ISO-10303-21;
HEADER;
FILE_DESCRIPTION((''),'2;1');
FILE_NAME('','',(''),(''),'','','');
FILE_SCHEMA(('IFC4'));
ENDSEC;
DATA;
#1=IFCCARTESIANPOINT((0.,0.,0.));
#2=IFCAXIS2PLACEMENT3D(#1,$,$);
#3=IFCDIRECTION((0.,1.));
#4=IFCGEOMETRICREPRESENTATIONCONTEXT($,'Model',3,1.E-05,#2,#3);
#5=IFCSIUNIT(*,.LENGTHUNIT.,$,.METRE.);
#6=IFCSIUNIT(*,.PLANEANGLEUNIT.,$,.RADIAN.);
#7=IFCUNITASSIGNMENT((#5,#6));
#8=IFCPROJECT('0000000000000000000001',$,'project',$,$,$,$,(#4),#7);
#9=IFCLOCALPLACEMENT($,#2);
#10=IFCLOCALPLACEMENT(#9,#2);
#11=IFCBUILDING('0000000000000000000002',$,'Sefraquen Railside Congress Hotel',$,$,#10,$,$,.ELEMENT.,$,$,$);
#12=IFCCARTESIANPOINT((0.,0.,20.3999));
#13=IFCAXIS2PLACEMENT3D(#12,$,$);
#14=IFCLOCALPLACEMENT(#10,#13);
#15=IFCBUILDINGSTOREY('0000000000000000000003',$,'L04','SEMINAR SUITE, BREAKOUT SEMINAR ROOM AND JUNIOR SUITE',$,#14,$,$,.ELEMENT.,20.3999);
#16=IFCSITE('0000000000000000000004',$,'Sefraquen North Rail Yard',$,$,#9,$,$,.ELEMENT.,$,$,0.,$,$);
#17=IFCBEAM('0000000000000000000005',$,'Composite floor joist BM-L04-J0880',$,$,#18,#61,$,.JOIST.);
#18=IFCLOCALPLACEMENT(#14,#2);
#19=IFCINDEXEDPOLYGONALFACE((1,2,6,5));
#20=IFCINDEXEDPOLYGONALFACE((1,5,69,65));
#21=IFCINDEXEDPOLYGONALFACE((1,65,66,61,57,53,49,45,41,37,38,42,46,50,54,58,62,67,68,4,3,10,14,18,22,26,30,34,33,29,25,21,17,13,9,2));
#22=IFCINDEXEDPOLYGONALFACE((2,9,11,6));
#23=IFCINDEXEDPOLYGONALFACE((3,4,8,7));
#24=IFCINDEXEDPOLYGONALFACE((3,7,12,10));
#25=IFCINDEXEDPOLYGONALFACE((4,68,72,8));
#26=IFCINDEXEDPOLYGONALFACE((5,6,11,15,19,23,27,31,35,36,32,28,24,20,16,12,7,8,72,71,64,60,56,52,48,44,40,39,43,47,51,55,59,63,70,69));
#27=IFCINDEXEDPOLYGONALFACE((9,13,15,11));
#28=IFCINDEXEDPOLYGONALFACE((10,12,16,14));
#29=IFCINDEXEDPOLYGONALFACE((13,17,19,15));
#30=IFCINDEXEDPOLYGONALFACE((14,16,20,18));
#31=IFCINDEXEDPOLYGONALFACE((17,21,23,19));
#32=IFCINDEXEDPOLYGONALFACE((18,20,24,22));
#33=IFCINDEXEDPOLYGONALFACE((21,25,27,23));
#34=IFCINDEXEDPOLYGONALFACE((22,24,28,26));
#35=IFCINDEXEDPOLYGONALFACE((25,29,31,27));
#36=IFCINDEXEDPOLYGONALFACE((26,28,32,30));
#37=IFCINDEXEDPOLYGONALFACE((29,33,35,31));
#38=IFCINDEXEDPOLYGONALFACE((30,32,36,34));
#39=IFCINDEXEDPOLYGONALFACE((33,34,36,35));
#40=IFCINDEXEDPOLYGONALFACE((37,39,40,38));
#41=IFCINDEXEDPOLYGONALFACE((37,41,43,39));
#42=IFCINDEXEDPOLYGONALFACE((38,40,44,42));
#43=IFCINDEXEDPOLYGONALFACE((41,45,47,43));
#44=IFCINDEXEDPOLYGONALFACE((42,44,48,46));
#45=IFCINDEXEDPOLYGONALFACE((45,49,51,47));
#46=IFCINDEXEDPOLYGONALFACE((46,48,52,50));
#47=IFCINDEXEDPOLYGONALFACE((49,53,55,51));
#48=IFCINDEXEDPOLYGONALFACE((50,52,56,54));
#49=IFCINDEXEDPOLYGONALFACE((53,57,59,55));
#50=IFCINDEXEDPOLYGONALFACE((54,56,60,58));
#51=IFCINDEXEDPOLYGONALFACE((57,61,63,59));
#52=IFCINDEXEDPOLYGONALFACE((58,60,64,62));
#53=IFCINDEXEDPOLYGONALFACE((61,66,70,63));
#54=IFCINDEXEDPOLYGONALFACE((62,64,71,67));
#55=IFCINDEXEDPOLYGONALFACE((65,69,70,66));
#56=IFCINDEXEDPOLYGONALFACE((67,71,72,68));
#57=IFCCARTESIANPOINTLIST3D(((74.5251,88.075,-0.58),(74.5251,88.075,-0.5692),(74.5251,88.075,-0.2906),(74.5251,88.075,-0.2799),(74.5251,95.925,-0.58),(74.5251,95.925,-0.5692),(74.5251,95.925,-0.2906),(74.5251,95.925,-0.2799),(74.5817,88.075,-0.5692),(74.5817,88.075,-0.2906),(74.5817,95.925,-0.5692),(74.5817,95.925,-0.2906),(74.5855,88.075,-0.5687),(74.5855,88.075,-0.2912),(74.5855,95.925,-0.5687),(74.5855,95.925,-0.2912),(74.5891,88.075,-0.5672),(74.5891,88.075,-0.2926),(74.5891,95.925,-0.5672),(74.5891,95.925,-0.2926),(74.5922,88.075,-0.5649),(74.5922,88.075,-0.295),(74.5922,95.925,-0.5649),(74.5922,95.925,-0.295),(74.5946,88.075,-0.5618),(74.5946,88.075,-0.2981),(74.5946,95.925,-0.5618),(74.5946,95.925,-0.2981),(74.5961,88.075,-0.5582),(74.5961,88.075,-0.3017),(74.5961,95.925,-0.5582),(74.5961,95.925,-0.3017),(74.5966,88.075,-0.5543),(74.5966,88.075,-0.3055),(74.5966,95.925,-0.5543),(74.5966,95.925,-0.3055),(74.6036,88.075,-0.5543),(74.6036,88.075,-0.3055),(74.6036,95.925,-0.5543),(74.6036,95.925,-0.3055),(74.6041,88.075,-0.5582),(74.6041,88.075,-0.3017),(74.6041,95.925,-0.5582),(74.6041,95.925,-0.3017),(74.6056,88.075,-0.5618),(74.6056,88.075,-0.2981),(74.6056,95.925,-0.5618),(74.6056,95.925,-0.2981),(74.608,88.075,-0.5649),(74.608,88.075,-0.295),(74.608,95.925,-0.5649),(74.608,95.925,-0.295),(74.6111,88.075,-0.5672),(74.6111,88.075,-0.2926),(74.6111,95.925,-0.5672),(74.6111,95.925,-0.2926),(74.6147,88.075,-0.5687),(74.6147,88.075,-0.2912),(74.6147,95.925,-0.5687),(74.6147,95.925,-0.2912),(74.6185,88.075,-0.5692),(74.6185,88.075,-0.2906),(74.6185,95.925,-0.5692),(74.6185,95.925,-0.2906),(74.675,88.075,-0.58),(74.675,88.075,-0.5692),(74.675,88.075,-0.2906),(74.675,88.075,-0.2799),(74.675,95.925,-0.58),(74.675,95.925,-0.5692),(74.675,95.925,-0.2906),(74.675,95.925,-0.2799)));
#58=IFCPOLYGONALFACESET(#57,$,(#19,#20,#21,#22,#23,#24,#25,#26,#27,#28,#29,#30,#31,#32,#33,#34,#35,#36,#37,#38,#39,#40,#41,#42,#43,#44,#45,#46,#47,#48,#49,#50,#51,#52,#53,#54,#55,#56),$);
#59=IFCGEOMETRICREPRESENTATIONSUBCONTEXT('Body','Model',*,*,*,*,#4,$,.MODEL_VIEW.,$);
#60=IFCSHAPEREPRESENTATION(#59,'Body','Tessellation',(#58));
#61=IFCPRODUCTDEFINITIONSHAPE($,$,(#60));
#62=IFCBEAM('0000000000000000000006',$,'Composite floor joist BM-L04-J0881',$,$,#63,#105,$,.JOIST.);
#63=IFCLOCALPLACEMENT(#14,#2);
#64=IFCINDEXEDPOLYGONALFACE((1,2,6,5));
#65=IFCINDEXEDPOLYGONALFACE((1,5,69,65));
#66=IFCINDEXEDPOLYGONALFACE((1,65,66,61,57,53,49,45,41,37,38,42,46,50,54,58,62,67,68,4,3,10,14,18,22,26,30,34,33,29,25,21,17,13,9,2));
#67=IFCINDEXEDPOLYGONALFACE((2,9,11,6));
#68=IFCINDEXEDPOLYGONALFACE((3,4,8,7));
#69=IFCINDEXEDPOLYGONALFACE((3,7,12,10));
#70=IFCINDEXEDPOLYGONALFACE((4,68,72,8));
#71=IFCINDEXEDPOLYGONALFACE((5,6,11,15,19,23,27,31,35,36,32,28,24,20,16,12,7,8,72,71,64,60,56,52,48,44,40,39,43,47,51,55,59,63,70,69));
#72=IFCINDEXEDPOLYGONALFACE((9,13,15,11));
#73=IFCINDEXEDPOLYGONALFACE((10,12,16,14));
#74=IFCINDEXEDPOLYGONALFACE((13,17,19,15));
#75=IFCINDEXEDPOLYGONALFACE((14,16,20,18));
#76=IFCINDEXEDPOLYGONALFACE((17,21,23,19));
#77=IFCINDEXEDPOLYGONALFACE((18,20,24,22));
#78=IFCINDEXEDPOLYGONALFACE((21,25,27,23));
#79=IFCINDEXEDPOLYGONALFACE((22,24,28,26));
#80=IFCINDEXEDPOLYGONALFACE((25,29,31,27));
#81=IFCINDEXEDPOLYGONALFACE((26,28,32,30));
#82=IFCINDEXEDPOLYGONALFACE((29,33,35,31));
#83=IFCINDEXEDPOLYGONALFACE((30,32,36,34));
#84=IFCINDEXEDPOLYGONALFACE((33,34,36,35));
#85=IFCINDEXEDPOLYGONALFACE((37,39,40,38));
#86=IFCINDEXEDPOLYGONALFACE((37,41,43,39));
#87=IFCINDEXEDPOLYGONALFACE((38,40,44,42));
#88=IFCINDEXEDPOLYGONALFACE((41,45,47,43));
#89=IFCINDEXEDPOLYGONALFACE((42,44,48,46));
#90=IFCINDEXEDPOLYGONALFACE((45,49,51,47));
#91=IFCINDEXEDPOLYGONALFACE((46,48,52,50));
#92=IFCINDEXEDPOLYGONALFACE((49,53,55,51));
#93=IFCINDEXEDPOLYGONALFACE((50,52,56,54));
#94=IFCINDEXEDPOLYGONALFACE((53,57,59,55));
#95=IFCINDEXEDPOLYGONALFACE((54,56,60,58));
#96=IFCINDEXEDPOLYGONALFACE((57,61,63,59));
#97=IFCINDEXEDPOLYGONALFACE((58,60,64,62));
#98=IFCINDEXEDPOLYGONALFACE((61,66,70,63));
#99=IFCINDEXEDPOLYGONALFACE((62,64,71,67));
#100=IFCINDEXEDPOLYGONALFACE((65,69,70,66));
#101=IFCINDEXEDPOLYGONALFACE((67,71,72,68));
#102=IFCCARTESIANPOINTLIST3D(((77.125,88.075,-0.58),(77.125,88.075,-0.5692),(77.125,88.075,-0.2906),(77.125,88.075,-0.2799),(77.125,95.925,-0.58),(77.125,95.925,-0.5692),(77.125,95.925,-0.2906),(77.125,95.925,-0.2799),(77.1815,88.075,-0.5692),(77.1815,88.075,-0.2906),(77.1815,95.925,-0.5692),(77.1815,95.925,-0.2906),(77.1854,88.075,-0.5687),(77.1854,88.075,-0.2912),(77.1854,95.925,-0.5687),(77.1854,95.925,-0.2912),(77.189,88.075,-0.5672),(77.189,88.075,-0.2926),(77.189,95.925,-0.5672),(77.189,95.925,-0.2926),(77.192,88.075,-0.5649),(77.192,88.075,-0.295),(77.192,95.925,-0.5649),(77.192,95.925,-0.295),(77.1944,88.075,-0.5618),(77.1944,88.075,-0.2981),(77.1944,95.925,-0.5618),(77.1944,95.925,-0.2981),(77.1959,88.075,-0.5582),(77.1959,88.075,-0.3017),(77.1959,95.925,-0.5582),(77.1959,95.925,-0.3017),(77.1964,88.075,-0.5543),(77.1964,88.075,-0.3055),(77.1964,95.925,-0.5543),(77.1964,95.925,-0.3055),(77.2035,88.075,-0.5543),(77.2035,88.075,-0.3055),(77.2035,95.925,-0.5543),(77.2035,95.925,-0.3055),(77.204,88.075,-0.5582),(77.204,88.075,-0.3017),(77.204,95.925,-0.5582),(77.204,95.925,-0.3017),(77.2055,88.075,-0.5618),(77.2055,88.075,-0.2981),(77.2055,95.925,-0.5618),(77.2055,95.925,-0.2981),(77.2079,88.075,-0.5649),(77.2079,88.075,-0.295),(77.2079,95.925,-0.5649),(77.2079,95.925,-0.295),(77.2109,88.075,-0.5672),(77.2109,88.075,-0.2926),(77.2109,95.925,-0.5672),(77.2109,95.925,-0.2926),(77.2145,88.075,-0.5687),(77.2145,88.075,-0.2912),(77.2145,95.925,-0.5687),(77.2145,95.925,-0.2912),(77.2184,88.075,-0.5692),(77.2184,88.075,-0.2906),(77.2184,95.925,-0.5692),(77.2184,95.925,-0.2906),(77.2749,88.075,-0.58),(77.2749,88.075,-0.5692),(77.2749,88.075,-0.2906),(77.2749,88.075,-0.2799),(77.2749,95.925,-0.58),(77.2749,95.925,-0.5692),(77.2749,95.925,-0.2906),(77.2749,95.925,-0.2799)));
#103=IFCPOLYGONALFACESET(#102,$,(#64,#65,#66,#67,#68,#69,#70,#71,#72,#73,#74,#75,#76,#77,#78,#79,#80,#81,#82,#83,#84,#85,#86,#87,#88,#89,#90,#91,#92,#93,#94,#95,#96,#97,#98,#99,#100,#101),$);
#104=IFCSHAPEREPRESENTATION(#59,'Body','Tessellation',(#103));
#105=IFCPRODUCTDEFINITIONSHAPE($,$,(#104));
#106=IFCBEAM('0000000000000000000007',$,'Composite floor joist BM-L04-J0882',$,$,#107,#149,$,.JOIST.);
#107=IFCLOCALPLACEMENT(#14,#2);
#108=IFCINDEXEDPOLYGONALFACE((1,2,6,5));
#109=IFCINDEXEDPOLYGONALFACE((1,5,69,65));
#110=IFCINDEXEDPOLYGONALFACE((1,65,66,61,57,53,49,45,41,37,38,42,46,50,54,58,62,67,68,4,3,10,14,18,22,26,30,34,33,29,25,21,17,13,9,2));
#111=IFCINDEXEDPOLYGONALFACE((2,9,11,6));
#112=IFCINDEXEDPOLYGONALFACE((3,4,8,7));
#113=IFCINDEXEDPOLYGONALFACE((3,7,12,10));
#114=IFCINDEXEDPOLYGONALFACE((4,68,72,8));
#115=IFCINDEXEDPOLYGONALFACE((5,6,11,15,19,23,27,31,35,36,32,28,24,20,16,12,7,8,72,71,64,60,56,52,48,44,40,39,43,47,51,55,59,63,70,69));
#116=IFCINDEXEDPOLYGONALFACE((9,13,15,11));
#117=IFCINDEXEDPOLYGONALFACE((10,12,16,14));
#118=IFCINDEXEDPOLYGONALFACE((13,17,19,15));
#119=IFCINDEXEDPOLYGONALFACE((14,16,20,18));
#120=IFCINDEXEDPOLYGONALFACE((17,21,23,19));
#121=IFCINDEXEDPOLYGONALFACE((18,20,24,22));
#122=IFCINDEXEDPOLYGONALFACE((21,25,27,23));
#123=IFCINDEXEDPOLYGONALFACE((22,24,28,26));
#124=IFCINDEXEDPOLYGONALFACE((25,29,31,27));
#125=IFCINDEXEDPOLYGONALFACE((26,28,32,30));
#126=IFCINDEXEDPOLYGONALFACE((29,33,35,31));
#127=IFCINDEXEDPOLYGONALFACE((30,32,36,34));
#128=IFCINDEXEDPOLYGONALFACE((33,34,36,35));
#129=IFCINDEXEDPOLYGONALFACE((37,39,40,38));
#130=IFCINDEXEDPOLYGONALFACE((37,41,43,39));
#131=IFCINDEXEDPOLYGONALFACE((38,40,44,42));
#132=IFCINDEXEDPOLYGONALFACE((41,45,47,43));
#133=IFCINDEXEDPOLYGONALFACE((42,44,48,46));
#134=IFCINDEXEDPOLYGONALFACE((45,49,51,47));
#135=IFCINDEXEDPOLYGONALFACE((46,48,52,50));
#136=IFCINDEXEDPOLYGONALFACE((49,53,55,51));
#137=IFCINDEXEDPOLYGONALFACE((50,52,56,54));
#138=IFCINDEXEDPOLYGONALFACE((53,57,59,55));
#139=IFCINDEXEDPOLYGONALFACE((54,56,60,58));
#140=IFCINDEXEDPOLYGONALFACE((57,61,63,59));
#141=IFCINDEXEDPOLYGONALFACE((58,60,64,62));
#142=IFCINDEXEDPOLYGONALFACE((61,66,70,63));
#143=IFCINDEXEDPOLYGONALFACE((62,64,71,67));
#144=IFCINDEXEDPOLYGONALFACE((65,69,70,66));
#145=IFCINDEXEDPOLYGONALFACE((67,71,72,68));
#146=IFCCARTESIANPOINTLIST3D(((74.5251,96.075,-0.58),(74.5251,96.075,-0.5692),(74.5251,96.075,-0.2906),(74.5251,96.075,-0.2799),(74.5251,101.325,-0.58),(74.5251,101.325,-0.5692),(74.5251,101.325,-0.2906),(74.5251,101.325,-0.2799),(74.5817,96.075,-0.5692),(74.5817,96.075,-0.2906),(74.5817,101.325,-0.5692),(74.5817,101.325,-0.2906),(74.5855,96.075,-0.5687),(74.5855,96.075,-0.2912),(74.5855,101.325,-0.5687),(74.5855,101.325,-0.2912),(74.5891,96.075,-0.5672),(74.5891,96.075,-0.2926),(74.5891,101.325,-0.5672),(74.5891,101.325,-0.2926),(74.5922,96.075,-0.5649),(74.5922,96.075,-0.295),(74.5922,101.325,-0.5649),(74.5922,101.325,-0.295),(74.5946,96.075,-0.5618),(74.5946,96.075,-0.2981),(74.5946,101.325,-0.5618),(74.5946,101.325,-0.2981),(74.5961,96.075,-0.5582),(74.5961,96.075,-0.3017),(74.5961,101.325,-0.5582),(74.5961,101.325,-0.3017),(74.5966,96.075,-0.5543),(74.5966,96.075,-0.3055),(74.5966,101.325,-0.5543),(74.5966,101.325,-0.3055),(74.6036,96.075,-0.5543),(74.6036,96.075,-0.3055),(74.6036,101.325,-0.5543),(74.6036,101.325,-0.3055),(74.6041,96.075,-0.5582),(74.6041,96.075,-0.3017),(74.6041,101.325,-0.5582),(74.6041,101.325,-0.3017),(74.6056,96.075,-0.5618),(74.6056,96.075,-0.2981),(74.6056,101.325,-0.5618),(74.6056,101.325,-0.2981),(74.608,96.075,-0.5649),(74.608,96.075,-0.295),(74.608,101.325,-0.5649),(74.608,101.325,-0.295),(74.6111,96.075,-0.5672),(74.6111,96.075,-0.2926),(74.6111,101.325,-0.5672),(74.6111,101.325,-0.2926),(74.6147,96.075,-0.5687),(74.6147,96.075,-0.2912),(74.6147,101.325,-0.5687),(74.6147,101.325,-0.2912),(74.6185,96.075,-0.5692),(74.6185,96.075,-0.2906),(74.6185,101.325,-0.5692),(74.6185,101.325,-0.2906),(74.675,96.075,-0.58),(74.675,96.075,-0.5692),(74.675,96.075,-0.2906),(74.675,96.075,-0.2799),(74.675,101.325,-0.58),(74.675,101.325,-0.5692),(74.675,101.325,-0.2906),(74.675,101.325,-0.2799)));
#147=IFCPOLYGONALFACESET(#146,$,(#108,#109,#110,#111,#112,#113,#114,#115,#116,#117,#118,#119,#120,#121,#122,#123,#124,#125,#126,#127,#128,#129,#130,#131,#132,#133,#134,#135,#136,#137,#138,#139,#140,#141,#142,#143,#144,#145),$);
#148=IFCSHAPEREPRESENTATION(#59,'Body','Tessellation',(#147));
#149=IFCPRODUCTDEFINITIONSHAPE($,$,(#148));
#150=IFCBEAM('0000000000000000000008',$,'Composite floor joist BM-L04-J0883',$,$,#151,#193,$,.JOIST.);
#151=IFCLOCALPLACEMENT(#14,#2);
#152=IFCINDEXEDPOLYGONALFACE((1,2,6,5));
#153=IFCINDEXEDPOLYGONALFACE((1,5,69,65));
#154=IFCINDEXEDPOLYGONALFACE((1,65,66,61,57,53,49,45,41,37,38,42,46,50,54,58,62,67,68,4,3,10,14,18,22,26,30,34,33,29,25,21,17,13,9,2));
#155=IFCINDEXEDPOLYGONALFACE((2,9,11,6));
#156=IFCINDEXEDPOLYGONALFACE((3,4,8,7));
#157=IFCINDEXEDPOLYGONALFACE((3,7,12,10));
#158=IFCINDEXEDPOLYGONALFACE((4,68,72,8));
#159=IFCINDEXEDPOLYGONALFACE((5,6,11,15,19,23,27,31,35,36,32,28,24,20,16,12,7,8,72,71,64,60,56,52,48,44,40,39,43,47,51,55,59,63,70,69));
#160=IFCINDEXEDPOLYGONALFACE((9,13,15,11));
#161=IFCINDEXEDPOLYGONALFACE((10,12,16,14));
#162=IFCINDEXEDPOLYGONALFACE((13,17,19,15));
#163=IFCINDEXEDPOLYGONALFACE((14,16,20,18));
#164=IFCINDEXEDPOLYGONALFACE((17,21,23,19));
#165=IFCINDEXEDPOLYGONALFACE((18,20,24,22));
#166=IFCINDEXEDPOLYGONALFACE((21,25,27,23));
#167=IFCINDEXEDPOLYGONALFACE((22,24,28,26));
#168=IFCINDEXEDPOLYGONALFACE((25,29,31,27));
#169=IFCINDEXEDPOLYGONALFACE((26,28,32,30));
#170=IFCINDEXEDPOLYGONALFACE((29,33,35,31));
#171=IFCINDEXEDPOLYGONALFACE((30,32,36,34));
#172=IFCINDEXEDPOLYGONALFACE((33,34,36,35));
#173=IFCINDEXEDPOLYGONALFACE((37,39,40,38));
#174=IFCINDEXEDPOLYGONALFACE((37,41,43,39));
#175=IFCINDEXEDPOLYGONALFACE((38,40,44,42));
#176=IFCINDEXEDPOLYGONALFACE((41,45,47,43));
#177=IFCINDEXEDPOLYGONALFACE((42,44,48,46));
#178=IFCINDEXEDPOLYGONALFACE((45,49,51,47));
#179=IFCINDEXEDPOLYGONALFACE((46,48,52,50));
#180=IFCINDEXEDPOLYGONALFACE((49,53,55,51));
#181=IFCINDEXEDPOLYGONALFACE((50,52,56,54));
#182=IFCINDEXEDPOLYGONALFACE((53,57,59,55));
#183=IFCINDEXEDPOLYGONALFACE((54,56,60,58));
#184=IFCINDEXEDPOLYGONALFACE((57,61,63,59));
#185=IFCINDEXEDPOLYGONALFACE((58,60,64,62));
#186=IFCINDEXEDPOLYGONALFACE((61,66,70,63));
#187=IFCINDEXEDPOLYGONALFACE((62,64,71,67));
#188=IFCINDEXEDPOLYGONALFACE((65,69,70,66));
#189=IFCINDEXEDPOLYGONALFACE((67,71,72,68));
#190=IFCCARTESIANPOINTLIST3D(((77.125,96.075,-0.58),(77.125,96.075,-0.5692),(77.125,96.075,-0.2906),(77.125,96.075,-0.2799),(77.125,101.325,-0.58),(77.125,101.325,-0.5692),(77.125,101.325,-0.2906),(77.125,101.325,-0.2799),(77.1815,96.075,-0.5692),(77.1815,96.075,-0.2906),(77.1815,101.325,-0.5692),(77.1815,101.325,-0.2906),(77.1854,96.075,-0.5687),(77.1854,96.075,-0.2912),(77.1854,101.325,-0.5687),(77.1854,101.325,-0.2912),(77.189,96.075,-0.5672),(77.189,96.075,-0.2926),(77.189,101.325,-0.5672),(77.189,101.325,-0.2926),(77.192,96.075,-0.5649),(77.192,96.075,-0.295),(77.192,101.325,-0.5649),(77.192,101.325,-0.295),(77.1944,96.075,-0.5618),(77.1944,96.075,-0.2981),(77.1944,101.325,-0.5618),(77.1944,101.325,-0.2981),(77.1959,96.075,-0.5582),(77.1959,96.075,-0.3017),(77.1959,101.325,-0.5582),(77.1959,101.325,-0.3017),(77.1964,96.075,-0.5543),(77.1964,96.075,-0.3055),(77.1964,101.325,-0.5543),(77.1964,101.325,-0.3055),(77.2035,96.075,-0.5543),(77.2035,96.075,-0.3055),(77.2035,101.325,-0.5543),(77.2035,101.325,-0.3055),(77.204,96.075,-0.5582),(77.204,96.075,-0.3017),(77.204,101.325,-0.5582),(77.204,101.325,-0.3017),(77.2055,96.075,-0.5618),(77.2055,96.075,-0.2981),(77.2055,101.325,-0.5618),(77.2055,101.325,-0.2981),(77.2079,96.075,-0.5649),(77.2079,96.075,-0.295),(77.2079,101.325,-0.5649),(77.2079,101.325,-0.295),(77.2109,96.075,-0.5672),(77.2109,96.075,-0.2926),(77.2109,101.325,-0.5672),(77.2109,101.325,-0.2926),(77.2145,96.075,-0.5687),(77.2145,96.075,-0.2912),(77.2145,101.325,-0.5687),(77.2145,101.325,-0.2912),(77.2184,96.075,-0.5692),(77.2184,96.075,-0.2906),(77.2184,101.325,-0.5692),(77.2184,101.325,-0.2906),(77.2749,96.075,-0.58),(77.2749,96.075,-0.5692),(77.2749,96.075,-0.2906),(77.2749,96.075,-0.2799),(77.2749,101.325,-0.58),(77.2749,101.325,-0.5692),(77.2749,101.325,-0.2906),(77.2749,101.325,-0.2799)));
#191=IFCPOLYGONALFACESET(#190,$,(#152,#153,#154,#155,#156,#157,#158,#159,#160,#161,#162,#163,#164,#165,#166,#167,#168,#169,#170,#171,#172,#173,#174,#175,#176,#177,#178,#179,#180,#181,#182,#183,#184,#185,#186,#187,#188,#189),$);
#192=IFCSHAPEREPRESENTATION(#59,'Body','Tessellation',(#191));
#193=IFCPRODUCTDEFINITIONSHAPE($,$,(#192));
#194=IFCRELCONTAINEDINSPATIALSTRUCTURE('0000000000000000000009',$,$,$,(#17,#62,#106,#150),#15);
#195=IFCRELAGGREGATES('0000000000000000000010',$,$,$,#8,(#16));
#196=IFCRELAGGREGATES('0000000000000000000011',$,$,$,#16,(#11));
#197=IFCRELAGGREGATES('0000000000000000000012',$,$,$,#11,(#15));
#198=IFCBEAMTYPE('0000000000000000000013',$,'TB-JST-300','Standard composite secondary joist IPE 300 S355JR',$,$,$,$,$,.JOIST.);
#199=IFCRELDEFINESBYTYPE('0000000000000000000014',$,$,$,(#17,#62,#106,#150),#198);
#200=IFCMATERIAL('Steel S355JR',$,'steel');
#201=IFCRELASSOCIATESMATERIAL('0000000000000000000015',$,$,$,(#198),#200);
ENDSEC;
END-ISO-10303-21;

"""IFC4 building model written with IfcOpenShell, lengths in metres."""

from ifc_helpers import new_model, si_unit, direction, frame, origin, origin_2d, place, context, subcontext, project, spatial, i_section, extrude, material, material_profile, profile_set, type_object, element, save


model = new_model("IFC4")

# Units and contexts
model_context = context("Model", 3, precision=1e-05, world=origin(), true_north=direction((0.0, 1.0)))
body_context = subcontext(model_context, "Body", "Model", "MODEL_VIEW")
ifc_project = project(units=[si_unit("LENGTHUNIT", "METRE"), si_unit("PLANEANGLEUNIT", "RADIAN")], contexts=[model_context])

# Site, building, storey
site_placement = place(None, origin())
site = spatial("IfcSite", under=ifc_project, at=site_placement, Name="Sefraquen North Rail Yard", CompositionType="ELEMENT", RefElevation=0.0)
building_placement = place(site_placement, origin())
building = spatial("IfcBuilding", under=site, at=building_placement, Name="Sefraquen Railside Congress Hotel", CompositionType="ELEMENT")
storey_placement = place(building_placement, frame((0.0, 0.0, 20.3999)))
storey = spatial("IfcBuildingStorey", under=building, at=storey_placement, Name="L04", Description="SEMINAR SUITE, BREAKOUT SEMINAR ROOM AND JUNIOR SUITE", CompositionType="ELEMENT", Elevation=20.3999)

# Shared definitions
ifc_material_1 = material(Name="Steel S355JR", Category="steel")

# Beams
ifc_material_profile_1 = material_profile(ifc_material_1, i_section(OverallWidth=0.1499, OverallDepth=0.3, WebThickness=0.0071, FlangeThickness=0.0107, FilletRadius=0.0149, at=origin_2d()), Name="IPE 300")
ifc_profile_set_1 = profile_set([ifc_material_profile_1], Name="Steel S355JR")
beam_type_1 = type_object("IfcBeamType", Name="TB-JST-300", Description="Standard composite secondary joist IPE 300 S355JR", PredefinedType="JOIST", material=ifc_profile_set_1)
for number, where, z_axis, x_axis, name in (
    (1, (74.6001, 88.075, -0.4299), (0.0, 1.0, 0.0), (-1.0, 0.0, 0.0), "Composite floor joist BM-L04-J0880"),
    (2, (77.2, 88.075, -0.4299), (0.0, 1.0, 0.0), (-1.0, 0.0, 0.0), "Composite floor joist BM-L04-J0881"),
):
    element("IfcBeam", number, at=place(storey_placement, frame(where, z_axis=z_axis, x_axis=x_axis)), inside=storey, type_object=beam_type_1, Name=name, PredefinedType="JOIST", context=body_context, shape_type="SweptSolid", body=[
        extrude(i_section(OverallWidth=0.1499, OverallDepth=0.3, WebThickness=0.0071, FlangeThickness=0.0107, FilletRadius=0.0149, at=origin_2d()), origin(), (0.0, 0.0, 1.0), 7.8501),
    ])
for number, where, z_axis, x_axis, name in (
    (3, (74.6001, 96.075, -0.4299), (0.0, 1.0, 0.0), (-1.0, 0.0, 0.0), "Composite floor joist BM-L04-J0882"),
    (4, (77.2, 96.075, -0.4299), (0.0, 1.0, 0.0), (-1.0, 0.0, 0.0), "Composite floor joist BM-L04-J0883"),
):
    element("IfcBeam", number, at=place(storey_placement, frame(where, z_axis=z_axis, x_axis=x_axis)), inside=storey, type_object=beam_type_1, Name=name, PredefinedType="JOIST", context=body_context, shape_type="SweptSolid", body=[
        extrude(i_section(OverallWidth=0.1499, OverallDepth=0.3, WebThickness=0.0071, FlangeThickness=0.0107, FilletRadius=0.0149, at=origin_2d()), origin(), (0.0, 0.0, 1.0), 5.25),
    ])

save(model, "model.ifc")
